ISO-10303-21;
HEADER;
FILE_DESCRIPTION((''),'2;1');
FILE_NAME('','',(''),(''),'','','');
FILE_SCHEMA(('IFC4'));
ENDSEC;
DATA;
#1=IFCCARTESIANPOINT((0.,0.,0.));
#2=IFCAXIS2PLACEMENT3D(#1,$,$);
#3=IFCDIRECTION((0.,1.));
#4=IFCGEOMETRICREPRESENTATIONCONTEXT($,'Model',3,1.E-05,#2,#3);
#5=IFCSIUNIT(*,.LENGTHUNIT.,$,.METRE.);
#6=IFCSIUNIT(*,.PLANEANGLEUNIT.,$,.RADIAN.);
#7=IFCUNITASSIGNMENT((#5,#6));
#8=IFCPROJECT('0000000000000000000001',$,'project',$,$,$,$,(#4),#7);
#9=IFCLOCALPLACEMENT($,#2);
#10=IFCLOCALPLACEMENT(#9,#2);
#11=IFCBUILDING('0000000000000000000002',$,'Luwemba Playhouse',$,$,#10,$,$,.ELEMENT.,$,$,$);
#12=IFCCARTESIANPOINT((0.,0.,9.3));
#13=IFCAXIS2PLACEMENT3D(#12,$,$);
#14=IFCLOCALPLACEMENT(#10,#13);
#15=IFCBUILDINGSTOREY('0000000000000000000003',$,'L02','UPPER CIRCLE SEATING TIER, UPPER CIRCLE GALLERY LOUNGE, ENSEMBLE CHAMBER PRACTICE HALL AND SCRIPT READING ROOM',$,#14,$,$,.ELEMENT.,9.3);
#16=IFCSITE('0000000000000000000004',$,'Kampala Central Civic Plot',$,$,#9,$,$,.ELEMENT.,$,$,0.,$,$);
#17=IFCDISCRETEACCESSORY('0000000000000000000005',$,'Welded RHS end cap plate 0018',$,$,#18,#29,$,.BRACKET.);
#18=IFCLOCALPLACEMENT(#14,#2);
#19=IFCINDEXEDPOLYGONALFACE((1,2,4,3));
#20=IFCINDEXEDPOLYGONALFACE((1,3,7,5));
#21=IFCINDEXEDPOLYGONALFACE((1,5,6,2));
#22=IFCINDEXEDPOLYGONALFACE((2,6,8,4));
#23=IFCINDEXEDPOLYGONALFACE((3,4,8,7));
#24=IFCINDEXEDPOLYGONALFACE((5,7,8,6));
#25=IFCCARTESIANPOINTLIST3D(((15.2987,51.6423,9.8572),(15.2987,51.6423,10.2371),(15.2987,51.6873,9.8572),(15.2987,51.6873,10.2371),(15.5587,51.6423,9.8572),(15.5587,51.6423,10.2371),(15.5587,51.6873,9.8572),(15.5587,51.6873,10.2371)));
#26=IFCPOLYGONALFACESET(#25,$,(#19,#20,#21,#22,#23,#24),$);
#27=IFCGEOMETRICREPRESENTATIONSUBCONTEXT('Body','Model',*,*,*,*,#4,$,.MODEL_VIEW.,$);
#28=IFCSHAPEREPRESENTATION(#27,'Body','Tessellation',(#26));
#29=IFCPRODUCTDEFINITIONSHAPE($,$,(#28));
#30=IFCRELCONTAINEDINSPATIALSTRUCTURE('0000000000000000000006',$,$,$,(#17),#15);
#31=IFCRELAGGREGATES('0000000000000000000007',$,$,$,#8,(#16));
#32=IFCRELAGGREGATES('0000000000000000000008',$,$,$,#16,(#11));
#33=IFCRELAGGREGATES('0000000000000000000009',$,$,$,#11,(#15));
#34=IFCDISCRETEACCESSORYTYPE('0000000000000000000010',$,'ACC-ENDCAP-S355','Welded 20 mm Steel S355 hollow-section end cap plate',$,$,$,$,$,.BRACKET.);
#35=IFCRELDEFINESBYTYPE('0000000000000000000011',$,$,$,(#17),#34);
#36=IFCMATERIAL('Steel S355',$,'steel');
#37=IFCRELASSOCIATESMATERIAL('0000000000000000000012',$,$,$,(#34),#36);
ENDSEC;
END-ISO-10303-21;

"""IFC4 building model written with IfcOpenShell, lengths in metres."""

from ifc_helpers import new_model, si_unit, direction, frame, origin, origin_2d, place, context, subcontext, project, spatial, rectangle, extrude, material, type_object, element, save


model = new_model("IFC4")

# Units and contexts
model_context = context("Model", 3, precision=1e-05, world=origin(), true_north=direction((0.0, 1.0)))
body_context = subcontext(model_context, "Body", "Model", "MODEL_VIEW")
ifc_project = project(units=[si_unit("LENGTHUNIT", "METRE"), si_unit("PLANEANGLEUNIT", "RADIAN")], contexts=[model_context])

# Site, building, storey
site_placement = place(None, origin())
site = spatial("IfcSite", under=ifc_project, at=site_placement, Name="Kampala Central Civic Plot", CompositionType="ELEMENT", RefElevation=0.0)
building_placement = place(site_placement, origin())
building = spatial("IfcBuilding", under=site, at=building_placement, Name="Luwemba Playhouse", CompositionType="ELEMENT")
storey_placement = place(building_placement, frame((0.0, 0.0, 9.3)))
storey = spatial("IfcBuildingStorey", under=building, at=storey_placement, Name="L02", Description="UPPER CIRCLE SEATING TIER, UPPER CIRCLE GALLERY LOUNGE, ENSEMBLE CHAMBER PRACTICE HALL AND SCRIPT READING ROOM", CompositionType="ELEMENT", Elevation=9.3)

# Shared definitions
ifc_material_1 = material(Name="Steel S355", Category="steel")

# Discrete accessory
discrete_accessory_type = type_object("IfcDiscreteAccessoryType", Name="ACC-ENDCAP-S355", Description="Welded 20 mm Steel S355 hollow-section end cap plate", PredefinedType="BRACKET", material=ifc_material_1)
discrete_accessory_1_placement = place(storey_placement, frame((15.4287, 51.6648, 9.8572), z_axis=(0.0, 0.0, 1.0), x_axis=(1.0, 0.0, 0.0)))
element("IfcDiscreteAccessory", 1, at=discrete_accessory_1_placement, inside=storey, type_object=discrete_accessory_type, Name="Welded RHS end cap plate 0018", PredefinedType="BRACKET", context=body_context, shape_type="SweptSolid", body=[
    extrude(rectangle(XDim=0.26, YDim=0.0449, at=origin_2d()), origin(), (0.0, 0.0, 1.0), 0.3799),
])

save(model, "model.ifc")
